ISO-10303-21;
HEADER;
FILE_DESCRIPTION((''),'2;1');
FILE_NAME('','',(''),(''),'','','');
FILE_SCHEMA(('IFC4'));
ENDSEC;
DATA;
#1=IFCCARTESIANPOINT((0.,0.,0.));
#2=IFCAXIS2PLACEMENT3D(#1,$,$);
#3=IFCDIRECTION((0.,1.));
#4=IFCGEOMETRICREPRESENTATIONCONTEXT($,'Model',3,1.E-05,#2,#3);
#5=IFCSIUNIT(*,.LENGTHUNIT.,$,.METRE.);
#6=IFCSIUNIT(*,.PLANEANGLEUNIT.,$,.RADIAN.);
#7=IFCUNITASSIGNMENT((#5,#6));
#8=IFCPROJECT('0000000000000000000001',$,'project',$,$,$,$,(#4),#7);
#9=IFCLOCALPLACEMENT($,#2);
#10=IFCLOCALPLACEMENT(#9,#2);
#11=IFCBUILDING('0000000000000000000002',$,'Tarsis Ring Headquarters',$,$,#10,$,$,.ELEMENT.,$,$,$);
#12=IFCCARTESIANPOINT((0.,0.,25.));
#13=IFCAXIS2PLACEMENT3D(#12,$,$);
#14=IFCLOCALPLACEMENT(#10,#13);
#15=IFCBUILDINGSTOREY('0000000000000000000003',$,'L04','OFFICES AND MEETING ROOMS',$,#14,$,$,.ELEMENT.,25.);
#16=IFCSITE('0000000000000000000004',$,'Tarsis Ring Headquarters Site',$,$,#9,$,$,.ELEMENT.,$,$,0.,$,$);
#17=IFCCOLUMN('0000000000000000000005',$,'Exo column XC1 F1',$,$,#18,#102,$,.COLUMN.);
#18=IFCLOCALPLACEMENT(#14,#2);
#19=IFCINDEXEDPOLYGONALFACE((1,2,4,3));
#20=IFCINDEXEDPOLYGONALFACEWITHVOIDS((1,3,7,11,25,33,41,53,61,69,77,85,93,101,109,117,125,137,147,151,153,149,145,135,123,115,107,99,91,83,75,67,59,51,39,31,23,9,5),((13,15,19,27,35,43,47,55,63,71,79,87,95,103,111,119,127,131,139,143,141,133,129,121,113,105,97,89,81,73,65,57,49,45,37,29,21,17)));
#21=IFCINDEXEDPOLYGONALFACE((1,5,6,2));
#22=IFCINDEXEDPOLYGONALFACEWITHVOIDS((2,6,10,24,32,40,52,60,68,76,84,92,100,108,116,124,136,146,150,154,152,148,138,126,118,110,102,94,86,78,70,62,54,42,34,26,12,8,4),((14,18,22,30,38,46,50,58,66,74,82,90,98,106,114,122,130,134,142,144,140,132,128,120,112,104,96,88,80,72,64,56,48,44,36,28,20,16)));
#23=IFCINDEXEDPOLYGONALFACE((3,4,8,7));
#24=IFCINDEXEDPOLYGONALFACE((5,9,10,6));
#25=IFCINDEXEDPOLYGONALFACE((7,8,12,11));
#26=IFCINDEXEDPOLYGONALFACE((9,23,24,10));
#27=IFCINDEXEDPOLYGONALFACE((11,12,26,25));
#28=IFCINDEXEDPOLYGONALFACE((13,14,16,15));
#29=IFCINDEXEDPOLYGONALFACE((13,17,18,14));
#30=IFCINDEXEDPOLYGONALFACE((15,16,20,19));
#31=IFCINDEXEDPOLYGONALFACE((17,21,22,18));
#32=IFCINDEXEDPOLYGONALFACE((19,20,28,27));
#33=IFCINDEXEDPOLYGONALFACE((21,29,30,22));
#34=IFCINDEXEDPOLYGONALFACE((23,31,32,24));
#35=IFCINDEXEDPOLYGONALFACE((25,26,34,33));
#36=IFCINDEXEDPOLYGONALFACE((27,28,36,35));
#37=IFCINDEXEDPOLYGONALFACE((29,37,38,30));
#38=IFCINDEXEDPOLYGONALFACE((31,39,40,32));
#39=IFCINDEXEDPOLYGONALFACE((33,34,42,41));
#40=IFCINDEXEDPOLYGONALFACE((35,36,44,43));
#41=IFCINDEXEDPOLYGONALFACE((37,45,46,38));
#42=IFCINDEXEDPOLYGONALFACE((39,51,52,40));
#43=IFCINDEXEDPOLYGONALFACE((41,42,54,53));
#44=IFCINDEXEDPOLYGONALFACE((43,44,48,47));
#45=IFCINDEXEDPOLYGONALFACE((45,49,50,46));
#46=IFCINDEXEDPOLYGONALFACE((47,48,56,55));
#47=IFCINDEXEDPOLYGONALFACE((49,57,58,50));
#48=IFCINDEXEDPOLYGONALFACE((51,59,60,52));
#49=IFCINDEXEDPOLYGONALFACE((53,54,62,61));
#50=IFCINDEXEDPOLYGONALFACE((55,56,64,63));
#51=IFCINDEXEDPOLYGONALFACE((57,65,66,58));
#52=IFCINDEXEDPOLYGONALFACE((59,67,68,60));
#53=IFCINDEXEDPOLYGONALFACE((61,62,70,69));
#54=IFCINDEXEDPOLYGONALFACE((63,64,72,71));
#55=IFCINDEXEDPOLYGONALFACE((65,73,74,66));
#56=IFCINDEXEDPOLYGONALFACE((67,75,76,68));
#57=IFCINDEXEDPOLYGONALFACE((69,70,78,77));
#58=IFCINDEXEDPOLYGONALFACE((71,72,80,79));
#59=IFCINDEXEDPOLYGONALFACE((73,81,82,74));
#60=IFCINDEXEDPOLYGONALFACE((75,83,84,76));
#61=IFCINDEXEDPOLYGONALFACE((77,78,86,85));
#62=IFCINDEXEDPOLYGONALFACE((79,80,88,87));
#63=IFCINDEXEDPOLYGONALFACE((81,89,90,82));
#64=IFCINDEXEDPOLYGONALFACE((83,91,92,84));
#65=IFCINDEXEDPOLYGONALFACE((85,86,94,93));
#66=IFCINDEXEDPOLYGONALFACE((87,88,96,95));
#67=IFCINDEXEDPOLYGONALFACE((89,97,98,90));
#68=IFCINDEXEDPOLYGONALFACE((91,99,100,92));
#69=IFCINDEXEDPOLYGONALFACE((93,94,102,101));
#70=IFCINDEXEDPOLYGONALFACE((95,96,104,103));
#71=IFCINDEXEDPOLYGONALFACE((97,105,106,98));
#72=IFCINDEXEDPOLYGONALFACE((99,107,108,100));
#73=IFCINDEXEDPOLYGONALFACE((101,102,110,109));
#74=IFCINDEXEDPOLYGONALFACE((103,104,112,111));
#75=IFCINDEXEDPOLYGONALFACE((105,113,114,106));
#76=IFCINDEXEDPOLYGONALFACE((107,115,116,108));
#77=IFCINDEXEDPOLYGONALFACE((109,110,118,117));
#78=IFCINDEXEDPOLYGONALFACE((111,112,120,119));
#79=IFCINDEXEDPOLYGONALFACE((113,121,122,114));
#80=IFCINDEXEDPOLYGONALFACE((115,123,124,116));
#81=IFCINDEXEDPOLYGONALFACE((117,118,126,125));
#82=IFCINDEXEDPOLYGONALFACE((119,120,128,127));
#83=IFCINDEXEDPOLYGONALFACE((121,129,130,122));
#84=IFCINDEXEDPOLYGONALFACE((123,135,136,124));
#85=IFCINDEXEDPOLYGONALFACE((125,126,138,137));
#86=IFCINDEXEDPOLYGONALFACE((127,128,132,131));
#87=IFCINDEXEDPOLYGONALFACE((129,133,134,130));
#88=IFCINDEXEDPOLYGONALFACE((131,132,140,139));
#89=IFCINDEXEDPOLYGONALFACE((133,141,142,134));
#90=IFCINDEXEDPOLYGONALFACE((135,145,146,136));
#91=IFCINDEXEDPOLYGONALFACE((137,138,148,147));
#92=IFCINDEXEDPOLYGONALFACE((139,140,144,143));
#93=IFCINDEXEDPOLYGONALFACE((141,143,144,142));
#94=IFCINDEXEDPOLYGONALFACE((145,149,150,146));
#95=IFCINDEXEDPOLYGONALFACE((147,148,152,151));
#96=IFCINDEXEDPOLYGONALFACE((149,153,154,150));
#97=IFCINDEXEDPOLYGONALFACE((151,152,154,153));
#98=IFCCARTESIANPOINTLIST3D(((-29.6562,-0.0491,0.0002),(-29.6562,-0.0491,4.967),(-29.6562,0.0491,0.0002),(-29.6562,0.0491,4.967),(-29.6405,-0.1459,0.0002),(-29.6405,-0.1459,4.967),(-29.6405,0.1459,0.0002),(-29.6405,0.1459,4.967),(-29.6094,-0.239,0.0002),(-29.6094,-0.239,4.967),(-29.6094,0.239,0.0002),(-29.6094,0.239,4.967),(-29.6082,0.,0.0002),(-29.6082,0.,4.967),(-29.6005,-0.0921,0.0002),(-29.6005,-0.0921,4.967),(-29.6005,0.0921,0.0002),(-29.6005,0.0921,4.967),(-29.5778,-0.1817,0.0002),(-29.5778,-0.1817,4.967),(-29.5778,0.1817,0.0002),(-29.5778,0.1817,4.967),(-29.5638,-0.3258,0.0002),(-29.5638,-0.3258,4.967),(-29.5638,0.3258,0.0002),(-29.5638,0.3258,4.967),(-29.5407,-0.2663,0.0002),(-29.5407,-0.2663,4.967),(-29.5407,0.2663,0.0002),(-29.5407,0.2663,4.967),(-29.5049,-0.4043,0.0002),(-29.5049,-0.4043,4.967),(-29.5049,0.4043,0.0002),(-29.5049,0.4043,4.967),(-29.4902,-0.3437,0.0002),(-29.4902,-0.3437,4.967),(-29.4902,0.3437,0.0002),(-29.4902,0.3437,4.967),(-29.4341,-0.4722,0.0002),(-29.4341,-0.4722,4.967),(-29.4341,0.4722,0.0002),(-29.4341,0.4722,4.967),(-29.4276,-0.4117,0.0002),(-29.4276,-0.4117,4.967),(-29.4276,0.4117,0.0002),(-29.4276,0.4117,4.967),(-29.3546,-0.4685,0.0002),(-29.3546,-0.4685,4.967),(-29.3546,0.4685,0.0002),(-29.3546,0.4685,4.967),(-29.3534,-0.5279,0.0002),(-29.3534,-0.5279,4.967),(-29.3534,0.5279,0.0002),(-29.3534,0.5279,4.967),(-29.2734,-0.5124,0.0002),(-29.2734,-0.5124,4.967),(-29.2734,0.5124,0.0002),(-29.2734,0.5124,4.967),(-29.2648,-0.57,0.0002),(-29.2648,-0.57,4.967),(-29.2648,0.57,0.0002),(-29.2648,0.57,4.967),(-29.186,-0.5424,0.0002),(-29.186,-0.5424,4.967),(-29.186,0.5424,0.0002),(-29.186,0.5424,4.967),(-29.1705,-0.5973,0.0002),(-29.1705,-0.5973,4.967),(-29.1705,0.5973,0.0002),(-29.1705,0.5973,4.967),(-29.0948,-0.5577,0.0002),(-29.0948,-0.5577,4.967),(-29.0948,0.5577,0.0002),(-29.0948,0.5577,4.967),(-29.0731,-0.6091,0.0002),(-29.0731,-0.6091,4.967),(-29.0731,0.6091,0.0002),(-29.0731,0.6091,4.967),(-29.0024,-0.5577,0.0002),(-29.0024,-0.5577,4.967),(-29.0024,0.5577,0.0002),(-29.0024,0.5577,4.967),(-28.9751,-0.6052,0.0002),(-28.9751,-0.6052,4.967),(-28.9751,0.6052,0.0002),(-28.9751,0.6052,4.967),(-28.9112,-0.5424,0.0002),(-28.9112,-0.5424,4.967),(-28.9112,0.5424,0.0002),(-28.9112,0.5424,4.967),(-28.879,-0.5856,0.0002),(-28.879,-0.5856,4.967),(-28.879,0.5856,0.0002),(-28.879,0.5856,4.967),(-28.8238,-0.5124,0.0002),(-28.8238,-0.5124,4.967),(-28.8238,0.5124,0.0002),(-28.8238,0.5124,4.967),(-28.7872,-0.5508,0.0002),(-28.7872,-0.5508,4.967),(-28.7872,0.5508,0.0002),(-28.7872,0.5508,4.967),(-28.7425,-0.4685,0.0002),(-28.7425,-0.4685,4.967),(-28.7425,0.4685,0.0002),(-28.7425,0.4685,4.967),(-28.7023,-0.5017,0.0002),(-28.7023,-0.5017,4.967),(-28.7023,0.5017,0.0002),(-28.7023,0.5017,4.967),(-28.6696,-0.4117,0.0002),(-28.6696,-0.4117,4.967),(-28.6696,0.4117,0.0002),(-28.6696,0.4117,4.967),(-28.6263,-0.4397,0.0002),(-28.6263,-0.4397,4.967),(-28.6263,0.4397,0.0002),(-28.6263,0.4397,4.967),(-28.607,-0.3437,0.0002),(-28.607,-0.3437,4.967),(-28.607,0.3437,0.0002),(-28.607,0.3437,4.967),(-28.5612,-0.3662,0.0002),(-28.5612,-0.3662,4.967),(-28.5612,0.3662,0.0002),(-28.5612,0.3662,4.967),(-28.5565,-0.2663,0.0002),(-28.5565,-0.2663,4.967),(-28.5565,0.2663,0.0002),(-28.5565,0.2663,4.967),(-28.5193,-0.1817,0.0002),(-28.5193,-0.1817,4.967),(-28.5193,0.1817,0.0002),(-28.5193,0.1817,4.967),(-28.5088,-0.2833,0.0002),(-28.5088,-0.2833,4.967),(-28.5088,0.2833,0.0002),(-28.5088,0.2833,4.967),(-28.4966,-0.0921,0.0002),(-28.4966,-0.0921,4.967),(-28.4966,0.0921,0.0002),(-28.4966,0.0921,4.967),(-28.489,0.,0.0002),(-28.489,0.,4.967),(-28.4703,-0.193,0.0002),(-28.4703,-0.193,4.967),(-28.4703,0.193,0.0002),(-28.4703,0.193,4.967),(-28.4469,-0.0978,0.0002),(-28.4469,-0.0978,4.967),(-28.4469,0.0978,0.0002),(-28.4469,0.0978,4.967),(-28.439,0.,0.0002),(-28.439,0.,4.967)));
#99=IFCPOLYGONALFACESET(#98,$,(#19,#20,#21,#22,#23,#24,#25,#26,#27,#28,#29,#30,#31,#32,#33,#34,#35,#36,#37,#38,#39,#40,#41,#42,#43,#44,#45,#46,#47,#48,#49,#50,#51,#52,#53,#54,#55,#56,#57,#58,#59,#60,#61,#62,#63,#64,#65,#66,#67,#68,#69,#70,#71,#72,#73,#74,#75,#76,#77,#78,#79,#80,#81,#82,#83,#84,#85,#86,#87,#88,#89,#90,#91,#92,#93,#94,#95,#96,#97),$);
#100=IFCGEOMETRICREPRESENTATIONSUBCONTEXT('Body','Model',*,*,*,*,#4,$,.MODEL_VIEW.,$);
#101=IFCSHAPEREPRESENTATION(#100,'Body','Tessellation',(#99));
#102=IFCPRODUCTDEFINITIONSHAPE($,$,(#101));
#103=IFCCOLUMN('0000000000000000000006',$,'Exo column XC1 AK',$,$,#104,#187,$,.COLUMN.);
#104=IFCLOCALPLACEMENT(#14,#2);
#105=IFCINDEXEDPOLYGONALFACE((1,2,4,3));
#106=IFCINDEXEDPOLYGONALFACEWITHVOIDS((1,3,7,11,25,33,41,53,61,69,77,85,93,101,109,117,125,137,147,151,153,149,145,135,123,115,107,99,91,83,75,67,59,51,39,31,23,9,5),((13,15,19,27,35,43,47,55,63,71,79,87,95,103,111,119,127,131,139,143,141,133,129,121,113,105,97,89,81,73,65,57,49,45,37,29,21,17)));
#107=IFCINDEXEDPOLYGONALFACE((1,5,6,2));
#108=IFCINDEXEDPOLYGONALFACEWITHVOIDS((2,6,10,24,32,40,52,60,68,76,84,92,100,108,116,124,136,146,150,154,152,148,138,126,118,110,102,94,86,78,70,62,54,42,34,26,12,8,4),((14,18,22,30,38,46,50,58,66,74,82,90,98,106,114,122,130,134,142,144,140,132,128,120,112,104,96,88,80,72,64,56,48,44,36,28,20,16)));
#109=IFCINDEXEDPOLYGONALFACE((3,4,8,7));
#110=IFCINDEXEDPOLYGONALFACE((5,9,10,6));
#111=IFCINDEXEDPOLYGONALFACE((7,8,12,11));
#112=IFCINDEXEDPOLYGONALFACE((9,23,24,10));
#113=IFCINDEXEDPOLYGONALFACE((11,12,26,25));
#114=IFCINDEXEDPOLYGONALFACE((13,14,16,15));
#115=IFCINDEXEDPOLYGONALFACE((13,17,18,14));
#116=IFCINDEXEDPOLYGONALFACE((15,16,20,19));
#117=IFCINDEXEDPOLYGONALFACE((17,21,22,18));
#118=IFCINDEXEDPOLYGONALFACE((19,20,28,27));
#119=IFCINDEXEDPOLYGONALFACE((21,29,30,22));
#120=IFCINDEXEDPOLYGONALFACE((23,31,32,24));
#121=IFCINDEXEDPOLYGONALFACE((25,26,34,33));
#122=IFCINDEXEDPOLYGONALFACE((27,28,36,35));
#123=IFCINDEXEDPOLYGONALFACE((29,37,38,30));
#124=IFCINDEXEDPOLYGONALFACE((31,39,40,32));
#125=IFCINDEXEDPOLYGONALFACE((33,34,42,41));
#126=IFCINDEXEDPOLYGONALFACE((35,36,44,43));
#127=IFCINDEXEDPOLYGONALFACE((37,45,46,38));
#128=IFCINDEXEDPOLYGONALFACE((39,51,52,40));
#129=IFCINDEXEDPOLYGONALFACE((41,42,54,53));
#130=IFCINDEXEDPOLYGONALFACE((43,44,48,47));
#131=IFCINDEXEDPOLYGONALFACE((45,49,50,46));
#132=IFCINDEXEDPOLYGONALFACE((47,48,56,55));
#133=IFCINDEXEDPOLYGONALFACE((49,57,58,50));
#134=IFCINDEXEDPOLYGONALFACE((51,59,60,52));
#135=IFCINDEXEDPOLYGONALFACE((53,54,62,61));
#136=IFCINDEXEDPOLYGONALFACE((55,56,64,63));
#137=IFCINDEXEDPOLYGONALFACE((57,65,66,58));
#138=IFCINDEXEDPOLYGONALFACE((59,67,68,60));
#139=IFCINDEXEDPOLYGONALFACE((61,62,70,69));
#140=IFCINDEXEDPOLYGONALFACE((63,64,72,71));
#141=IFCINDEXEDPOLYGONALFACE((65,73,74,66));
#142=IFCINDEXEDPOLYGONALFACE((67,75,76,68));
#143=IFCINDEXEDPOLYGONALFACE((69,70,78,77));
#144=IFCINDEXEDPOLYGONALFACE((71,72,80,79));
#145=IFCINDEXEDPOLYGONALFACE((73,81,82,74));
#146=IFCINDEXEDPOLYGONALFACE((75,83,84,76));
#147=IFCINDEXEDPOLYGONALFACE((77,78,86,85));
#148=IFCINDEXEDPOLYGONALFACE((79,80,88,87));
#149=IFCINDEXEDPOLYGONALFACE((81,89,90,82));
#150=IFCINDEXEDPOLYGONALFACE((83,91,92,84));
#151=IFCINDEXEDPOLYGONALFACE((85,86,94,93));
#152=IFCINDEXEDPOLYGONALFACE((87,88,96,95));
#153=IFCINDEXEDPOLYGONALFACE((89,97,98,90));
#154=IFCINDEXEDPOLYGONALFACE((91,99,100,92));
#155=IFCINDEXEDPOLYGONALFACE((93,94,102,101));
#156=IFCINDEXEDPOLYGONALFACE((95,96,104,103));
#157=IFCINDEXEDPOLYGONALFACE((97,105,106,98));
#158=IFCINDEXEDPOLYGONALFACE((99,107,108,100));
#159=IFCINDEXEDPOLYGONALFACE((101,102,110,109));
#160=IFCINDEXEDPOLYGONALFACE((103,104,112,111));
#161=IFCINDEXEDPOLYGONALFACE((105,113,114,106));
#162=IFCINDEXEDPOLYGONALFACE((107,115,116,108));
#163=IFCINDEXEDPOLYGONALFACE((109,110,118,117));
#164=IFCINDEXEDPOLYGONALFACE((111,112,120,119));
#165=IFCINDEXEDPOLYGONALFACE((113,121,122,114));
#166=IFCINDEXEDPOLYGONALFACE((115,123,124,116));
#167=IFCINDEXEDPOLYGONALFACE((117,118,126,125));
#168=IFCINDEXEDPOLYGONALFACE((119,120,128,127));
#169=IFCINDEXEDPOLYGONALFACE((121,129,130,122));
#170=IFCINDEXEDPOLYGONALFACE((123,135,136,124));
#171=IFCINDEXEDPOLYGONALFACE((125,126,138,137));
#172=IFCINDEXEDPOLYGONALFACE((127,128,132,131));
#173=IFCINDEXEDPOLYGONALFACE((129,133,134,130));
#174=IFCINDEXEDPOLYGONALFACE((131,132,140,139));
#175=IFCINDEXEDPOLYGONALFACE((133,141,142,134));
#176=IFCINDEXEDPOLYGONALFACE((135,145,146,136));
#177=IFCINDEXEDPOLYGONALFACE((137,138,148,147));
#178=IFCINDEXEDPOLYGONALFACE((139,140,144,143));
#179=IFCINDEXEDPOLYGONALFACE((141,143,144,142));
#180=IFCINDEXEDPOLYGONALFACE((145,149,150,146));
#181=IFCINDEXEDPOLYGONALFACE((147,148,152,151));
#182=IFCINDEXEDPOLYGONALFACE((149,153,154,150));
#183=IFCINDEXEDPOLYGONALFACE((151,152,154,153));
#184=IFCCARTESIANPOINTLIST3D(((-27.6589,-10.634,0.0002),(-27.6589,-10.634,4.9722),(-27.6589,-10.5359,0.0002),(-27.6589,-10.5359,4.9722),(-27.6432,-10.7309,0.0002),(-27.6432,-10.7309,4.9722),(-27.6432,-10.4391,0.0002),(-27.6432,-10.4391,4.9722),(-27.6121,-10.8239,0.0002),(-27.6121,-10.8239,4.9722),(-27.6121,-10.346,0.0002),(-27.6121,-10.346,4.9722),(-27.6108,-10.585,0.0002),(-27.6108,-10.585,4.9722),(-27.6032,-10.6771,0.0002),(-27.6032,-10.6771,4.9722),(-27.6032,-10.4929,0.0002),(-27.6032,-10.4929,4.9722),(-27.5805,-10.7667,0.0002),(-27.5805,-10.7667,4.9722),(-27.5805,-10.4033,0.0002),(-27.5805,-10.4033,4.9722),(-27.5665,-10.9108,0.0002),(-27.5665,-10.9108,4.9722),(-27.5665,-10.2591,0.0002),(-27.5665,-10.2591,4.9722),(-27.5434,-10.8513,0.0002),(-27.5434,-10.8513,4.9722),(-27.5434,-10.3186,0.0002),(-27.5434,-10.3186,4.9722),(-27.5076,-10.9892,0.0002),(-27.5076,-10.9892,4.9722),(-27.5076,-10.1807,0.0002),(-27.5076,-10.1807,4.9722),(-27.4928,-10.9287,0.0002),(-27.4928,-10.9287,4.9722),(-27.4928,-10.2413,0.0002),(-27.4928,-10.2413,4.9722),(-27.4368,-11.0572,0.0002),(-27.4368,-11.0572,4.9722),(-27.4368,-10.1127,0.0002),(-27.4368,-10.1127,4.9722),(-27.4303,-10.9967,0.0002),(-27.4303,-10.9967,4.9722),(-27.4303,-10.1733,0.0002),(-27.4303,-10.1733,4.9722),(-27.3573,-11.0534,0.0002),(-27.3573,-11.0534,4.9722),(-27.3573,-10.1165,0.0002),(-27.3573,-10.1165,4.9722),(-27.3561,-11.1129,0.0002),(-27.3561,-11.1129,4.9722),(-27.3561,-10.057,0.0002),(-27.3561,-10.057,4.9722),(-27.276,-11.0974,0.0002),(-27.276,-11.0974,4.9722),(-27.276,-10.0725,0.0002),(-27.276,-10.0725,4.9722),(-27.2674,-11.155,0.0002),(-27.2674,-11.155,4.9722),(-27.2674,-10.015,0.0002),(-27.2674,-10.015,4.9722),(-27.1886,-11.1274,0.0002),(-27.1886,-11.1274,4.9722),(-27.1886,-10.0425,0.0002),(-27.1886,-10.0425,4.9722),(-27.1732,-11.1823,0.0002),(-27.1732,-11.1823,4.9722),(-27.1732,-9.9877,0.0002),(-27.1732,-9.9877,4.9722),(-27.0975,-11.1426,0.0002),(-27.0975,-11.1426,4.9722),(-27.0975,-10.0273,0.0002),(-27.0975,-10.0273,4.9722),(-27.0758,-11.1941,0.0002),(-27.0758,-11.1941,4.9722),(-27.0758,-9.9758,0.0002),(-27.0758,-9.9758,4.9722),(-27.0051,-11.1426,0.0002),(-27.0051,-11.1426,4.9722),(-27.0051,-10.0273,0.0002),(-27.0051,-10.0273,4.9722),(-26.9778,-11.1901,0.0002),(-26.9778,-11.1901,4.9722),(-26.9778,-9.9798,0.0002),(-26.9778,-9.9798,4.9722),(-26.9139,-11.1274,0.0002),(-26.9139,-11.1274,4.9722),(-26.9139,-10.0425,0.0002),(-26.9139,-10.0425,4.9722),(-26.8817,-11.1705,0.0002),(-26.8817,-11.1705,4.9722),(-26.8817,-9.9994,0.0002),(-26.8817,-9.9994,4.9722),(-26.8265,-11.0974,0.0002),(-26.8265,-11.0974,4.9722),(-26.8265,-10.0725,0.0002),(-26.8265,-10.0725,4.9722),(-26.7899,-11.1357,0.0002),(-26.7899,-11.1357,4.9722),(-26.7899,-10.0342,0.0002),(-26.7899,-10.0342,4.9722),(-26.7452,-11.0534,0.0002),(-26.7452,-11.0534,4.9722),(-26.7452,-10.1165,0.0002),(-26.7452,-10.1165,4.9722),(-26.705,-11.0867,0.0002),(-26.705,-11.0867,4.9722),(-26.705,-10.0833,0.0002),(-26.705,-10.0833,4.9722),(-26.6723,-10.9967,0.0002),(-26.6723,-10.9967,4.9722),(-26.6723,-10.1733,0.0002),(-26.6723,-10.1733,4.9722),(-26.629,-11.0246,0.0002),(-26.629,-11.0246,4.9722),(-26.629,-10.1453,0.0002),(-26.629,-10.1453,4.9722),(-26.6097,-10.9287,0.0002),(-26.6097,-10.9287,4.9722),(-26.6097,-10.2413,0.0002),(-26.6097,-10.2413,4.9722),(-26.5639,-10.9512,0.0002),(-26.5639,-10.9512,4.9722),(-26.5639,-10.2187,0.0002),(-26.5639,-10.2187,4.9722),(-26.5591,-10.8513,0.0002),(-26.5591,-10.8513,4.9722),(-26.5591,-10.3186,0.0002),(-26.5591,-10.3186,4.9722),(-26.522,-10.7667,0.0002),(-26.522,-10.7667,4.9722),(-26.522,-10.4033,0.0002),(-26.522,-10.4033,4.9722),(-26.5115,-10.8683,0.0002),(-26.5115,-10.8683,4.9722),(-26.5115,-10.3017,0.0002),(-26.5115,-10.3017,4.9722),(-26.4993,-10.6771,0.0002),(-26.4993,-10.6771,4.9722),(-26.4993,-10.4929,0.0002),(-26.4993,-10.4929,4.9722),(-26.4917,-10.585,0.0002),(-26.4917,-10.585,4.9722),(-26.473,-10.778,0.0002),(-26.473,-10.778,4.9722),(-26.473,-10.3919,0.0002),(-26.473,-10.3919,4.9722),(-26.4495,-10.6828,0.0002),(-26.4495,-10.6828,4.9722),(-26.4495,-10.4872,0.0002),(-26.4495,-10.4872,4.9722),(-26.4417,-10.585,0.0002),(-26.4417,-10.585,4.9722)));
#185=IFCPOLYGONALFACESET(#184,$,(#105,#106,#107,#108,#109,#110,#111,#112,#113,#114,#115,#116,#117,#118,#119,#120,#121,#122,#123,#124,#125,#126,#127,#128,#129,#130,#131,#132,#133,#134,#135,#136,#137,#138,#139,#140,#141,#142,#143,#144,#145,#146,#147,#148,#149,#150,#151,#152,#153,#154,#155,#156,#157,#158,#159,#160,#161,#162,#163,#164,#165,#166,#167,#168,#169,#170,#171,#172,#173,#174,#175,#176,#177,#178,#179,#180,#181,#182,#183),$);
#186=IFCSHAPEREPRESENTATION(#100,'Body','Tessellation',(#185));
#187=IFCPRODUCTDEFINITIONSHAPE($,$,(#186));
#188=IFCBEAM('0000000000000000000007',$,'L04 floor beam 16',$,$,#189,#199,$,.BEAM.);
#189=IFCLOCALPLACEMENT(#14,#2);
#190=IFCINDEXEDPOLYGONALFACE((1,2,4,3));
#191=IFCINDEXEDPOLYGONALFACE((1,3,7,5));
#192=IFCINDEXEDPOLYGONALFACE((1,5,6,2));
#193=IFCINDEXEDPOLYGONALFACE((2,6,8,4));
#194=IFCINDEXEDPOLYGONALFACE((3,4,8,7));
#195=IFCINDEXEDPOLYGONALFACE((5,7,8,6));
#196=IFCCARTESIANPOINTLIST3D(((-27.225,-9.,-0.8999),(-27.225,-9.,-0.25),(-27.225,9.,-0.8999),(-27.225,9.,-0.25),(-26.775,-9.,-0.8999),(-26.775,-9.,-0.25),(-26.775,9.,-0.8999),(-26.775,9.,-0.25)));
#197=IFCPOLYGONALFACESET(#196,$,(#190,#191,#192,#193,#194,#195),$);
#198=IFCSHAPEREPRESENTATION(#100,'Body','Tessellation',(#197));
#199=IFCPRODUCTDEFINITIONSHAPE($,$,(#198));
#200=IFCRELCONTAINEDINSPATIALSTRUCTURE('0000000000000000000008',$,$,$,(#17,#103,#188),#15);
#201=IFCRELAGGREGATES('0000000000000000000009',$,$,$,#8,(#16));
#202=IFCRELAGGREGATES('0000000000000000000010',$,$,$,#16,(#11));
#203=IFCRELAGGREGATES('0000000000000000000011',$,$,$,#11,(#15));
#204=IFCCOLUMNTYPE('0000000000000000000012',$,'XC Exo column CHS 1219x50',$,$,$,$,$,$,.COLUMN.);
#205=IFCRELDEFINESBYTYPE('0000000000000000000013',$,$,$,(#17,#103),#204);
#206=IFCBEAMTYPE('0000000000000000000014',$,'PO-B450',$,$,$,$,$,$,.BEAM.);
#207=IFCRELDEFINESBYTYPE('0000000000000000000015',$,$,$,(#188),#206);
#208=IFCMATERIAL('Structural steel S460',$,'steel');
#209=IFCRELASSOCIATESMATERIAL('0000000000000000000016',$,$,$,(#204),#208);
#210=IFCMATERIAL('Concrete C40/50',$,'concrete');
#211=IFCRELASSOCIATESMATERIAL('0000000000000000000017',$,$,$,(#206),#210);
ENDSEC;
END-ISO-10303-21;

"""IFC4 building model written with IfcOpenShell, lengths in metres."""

from ifc_helpers import new_model, si_unit, direction, frame, origin, origin_2d, place, context, subcontext, project, spatial, rectangle, hollow_circle, extrude, material, material_profile, profile_set, type_object, element, save


model = new_model("IFC4")

# Units and contexts
model_context = context("Model", 3, precision=1e-05, world=origin(), true_north=direction((0.0, 1.0)))
body_context = subcontext(model_context, "Body", "Model", "MODEL_VIEW")
ifc_project = project(units=[si_unit("LENGTHUNIT", "METRE"), si_unit("PLANEANGLEUNIT", "RADIAN")], contexts=[model_context])

# Site, building, storey
site_placement = place(None, origin())
site = spatial("IfcSite", under=ifc_project, at=site_placement, Name="Tarsis Ring Headquarters Site", CompositionType="ELEMENT", RefElevation=0.0)
building_placement = place(site_placement, origin())
building = spatial("IfcBuilding", under=site, at=building_placement, Name="Tarsis Ring Headquarters", CompositionType="ELEMENT")
storey_placement = place(building_placement, frame((0.0, 0.0, 25.0)))
storey = spatial("IfcBuildingStorey", under=building, at=storey_placement, Name="L04", Description="OFFICES AND MEETING ROOMS", CompositionType="ELEMENT", Elevation=25.0)

# Columns
ifc_material_1 = material(Name="Structural steel S460", Category="steel")
ifc_material_profile_1 = material_profile(ifc_material_1, hollow_circle(Radius=0.6096, WallThickness=0.05, at=origin_2d()), Name="CHS 1219x50")
ifc_profile_set_1 = profile_set([ifc_material_profile_1], Name="Structural steel S460")
column_type = type_object("IfcColumnType", Name="XC Exo column CHS 1219x50", PredefinedType="COLUMN", material=ifc_profile_set_1)
column_1_placement = place(storey_placement, frame((-29.0486, 0.0, 0.0002), z_axis=(0.0, 0.0, 1.0), x_axis=(1.0, 0.0, 0.0)))
element("IfcColumn", 1, at=column_1_placement, inside=storey, type_object=column_type, Name="Exo column XC1 F1", PredefinedType="COLUMN", context=body_context, shape_type="SweptSolid", body=[
    extrude(hollow_circle(Radius=0.6096, WallThickness=0.05, at=origin_2d()), origin(), (0.0, 0.0, 1.0), 4.9668),
])
column_2_placement = place(storey_placement, frame((-27.0513, -10.585, 0.0002), z_axis=(0.0, 0.0, 1.0), x_axis=(1.0, 0.0, 0.0)))
element("IfcColumn", 2, at=column_2_placement, inside=storey, type_object=column_type, Name="Exo column XC1 AK", PredefinedType="COLUMN", context=body_context, shape_type="SweptSolid", body=[
    extrude(hollow_circle(Radius=0.6096, WallThickness=0.05, at=origin_2d()), origin(), (0.0, 0.0, 1.0), 4.9719),
])

# Beam
ifc_material_2 = material(Name="Concrete C40/50", Category="concrete")
ifc_material_profile_2 = material_profile(ifc_material_2, rectangle(XDim=0.45, YDim=0.6499, at=origin_2d()), Name="PO-B450")
ifc_profile_set_2 = profile_set([ifc_material_profile_2], Name="Concrete C40/50")
beam_type_1 = type_object("IfcBeamType", Name="PO-B450", PredefinedType="BEAM", material=ifc_profile_set_2)
beam_1_placement = place(storey_placement, frame((-27.0, -9.0, -0.575), z_axis=(0.0, 1.0, 0.0), x_axis=(-1.0, 0.0, 0.0)))
element("IfcBeam", 3, at=beam_1_placement, inside=storey, type_object=beam_type_1, Name="L04 floor beam 16", PredefinedType="BEAM", context=body_context, shape_type="SweptSolid", body=[
    extrude(rectangle(XDim=0.45, YDim=0.6499, at=origin_2d()), origin(), (0.0, 0.0, 1.0), 18.0),
])

save(model, "model.ifc")
